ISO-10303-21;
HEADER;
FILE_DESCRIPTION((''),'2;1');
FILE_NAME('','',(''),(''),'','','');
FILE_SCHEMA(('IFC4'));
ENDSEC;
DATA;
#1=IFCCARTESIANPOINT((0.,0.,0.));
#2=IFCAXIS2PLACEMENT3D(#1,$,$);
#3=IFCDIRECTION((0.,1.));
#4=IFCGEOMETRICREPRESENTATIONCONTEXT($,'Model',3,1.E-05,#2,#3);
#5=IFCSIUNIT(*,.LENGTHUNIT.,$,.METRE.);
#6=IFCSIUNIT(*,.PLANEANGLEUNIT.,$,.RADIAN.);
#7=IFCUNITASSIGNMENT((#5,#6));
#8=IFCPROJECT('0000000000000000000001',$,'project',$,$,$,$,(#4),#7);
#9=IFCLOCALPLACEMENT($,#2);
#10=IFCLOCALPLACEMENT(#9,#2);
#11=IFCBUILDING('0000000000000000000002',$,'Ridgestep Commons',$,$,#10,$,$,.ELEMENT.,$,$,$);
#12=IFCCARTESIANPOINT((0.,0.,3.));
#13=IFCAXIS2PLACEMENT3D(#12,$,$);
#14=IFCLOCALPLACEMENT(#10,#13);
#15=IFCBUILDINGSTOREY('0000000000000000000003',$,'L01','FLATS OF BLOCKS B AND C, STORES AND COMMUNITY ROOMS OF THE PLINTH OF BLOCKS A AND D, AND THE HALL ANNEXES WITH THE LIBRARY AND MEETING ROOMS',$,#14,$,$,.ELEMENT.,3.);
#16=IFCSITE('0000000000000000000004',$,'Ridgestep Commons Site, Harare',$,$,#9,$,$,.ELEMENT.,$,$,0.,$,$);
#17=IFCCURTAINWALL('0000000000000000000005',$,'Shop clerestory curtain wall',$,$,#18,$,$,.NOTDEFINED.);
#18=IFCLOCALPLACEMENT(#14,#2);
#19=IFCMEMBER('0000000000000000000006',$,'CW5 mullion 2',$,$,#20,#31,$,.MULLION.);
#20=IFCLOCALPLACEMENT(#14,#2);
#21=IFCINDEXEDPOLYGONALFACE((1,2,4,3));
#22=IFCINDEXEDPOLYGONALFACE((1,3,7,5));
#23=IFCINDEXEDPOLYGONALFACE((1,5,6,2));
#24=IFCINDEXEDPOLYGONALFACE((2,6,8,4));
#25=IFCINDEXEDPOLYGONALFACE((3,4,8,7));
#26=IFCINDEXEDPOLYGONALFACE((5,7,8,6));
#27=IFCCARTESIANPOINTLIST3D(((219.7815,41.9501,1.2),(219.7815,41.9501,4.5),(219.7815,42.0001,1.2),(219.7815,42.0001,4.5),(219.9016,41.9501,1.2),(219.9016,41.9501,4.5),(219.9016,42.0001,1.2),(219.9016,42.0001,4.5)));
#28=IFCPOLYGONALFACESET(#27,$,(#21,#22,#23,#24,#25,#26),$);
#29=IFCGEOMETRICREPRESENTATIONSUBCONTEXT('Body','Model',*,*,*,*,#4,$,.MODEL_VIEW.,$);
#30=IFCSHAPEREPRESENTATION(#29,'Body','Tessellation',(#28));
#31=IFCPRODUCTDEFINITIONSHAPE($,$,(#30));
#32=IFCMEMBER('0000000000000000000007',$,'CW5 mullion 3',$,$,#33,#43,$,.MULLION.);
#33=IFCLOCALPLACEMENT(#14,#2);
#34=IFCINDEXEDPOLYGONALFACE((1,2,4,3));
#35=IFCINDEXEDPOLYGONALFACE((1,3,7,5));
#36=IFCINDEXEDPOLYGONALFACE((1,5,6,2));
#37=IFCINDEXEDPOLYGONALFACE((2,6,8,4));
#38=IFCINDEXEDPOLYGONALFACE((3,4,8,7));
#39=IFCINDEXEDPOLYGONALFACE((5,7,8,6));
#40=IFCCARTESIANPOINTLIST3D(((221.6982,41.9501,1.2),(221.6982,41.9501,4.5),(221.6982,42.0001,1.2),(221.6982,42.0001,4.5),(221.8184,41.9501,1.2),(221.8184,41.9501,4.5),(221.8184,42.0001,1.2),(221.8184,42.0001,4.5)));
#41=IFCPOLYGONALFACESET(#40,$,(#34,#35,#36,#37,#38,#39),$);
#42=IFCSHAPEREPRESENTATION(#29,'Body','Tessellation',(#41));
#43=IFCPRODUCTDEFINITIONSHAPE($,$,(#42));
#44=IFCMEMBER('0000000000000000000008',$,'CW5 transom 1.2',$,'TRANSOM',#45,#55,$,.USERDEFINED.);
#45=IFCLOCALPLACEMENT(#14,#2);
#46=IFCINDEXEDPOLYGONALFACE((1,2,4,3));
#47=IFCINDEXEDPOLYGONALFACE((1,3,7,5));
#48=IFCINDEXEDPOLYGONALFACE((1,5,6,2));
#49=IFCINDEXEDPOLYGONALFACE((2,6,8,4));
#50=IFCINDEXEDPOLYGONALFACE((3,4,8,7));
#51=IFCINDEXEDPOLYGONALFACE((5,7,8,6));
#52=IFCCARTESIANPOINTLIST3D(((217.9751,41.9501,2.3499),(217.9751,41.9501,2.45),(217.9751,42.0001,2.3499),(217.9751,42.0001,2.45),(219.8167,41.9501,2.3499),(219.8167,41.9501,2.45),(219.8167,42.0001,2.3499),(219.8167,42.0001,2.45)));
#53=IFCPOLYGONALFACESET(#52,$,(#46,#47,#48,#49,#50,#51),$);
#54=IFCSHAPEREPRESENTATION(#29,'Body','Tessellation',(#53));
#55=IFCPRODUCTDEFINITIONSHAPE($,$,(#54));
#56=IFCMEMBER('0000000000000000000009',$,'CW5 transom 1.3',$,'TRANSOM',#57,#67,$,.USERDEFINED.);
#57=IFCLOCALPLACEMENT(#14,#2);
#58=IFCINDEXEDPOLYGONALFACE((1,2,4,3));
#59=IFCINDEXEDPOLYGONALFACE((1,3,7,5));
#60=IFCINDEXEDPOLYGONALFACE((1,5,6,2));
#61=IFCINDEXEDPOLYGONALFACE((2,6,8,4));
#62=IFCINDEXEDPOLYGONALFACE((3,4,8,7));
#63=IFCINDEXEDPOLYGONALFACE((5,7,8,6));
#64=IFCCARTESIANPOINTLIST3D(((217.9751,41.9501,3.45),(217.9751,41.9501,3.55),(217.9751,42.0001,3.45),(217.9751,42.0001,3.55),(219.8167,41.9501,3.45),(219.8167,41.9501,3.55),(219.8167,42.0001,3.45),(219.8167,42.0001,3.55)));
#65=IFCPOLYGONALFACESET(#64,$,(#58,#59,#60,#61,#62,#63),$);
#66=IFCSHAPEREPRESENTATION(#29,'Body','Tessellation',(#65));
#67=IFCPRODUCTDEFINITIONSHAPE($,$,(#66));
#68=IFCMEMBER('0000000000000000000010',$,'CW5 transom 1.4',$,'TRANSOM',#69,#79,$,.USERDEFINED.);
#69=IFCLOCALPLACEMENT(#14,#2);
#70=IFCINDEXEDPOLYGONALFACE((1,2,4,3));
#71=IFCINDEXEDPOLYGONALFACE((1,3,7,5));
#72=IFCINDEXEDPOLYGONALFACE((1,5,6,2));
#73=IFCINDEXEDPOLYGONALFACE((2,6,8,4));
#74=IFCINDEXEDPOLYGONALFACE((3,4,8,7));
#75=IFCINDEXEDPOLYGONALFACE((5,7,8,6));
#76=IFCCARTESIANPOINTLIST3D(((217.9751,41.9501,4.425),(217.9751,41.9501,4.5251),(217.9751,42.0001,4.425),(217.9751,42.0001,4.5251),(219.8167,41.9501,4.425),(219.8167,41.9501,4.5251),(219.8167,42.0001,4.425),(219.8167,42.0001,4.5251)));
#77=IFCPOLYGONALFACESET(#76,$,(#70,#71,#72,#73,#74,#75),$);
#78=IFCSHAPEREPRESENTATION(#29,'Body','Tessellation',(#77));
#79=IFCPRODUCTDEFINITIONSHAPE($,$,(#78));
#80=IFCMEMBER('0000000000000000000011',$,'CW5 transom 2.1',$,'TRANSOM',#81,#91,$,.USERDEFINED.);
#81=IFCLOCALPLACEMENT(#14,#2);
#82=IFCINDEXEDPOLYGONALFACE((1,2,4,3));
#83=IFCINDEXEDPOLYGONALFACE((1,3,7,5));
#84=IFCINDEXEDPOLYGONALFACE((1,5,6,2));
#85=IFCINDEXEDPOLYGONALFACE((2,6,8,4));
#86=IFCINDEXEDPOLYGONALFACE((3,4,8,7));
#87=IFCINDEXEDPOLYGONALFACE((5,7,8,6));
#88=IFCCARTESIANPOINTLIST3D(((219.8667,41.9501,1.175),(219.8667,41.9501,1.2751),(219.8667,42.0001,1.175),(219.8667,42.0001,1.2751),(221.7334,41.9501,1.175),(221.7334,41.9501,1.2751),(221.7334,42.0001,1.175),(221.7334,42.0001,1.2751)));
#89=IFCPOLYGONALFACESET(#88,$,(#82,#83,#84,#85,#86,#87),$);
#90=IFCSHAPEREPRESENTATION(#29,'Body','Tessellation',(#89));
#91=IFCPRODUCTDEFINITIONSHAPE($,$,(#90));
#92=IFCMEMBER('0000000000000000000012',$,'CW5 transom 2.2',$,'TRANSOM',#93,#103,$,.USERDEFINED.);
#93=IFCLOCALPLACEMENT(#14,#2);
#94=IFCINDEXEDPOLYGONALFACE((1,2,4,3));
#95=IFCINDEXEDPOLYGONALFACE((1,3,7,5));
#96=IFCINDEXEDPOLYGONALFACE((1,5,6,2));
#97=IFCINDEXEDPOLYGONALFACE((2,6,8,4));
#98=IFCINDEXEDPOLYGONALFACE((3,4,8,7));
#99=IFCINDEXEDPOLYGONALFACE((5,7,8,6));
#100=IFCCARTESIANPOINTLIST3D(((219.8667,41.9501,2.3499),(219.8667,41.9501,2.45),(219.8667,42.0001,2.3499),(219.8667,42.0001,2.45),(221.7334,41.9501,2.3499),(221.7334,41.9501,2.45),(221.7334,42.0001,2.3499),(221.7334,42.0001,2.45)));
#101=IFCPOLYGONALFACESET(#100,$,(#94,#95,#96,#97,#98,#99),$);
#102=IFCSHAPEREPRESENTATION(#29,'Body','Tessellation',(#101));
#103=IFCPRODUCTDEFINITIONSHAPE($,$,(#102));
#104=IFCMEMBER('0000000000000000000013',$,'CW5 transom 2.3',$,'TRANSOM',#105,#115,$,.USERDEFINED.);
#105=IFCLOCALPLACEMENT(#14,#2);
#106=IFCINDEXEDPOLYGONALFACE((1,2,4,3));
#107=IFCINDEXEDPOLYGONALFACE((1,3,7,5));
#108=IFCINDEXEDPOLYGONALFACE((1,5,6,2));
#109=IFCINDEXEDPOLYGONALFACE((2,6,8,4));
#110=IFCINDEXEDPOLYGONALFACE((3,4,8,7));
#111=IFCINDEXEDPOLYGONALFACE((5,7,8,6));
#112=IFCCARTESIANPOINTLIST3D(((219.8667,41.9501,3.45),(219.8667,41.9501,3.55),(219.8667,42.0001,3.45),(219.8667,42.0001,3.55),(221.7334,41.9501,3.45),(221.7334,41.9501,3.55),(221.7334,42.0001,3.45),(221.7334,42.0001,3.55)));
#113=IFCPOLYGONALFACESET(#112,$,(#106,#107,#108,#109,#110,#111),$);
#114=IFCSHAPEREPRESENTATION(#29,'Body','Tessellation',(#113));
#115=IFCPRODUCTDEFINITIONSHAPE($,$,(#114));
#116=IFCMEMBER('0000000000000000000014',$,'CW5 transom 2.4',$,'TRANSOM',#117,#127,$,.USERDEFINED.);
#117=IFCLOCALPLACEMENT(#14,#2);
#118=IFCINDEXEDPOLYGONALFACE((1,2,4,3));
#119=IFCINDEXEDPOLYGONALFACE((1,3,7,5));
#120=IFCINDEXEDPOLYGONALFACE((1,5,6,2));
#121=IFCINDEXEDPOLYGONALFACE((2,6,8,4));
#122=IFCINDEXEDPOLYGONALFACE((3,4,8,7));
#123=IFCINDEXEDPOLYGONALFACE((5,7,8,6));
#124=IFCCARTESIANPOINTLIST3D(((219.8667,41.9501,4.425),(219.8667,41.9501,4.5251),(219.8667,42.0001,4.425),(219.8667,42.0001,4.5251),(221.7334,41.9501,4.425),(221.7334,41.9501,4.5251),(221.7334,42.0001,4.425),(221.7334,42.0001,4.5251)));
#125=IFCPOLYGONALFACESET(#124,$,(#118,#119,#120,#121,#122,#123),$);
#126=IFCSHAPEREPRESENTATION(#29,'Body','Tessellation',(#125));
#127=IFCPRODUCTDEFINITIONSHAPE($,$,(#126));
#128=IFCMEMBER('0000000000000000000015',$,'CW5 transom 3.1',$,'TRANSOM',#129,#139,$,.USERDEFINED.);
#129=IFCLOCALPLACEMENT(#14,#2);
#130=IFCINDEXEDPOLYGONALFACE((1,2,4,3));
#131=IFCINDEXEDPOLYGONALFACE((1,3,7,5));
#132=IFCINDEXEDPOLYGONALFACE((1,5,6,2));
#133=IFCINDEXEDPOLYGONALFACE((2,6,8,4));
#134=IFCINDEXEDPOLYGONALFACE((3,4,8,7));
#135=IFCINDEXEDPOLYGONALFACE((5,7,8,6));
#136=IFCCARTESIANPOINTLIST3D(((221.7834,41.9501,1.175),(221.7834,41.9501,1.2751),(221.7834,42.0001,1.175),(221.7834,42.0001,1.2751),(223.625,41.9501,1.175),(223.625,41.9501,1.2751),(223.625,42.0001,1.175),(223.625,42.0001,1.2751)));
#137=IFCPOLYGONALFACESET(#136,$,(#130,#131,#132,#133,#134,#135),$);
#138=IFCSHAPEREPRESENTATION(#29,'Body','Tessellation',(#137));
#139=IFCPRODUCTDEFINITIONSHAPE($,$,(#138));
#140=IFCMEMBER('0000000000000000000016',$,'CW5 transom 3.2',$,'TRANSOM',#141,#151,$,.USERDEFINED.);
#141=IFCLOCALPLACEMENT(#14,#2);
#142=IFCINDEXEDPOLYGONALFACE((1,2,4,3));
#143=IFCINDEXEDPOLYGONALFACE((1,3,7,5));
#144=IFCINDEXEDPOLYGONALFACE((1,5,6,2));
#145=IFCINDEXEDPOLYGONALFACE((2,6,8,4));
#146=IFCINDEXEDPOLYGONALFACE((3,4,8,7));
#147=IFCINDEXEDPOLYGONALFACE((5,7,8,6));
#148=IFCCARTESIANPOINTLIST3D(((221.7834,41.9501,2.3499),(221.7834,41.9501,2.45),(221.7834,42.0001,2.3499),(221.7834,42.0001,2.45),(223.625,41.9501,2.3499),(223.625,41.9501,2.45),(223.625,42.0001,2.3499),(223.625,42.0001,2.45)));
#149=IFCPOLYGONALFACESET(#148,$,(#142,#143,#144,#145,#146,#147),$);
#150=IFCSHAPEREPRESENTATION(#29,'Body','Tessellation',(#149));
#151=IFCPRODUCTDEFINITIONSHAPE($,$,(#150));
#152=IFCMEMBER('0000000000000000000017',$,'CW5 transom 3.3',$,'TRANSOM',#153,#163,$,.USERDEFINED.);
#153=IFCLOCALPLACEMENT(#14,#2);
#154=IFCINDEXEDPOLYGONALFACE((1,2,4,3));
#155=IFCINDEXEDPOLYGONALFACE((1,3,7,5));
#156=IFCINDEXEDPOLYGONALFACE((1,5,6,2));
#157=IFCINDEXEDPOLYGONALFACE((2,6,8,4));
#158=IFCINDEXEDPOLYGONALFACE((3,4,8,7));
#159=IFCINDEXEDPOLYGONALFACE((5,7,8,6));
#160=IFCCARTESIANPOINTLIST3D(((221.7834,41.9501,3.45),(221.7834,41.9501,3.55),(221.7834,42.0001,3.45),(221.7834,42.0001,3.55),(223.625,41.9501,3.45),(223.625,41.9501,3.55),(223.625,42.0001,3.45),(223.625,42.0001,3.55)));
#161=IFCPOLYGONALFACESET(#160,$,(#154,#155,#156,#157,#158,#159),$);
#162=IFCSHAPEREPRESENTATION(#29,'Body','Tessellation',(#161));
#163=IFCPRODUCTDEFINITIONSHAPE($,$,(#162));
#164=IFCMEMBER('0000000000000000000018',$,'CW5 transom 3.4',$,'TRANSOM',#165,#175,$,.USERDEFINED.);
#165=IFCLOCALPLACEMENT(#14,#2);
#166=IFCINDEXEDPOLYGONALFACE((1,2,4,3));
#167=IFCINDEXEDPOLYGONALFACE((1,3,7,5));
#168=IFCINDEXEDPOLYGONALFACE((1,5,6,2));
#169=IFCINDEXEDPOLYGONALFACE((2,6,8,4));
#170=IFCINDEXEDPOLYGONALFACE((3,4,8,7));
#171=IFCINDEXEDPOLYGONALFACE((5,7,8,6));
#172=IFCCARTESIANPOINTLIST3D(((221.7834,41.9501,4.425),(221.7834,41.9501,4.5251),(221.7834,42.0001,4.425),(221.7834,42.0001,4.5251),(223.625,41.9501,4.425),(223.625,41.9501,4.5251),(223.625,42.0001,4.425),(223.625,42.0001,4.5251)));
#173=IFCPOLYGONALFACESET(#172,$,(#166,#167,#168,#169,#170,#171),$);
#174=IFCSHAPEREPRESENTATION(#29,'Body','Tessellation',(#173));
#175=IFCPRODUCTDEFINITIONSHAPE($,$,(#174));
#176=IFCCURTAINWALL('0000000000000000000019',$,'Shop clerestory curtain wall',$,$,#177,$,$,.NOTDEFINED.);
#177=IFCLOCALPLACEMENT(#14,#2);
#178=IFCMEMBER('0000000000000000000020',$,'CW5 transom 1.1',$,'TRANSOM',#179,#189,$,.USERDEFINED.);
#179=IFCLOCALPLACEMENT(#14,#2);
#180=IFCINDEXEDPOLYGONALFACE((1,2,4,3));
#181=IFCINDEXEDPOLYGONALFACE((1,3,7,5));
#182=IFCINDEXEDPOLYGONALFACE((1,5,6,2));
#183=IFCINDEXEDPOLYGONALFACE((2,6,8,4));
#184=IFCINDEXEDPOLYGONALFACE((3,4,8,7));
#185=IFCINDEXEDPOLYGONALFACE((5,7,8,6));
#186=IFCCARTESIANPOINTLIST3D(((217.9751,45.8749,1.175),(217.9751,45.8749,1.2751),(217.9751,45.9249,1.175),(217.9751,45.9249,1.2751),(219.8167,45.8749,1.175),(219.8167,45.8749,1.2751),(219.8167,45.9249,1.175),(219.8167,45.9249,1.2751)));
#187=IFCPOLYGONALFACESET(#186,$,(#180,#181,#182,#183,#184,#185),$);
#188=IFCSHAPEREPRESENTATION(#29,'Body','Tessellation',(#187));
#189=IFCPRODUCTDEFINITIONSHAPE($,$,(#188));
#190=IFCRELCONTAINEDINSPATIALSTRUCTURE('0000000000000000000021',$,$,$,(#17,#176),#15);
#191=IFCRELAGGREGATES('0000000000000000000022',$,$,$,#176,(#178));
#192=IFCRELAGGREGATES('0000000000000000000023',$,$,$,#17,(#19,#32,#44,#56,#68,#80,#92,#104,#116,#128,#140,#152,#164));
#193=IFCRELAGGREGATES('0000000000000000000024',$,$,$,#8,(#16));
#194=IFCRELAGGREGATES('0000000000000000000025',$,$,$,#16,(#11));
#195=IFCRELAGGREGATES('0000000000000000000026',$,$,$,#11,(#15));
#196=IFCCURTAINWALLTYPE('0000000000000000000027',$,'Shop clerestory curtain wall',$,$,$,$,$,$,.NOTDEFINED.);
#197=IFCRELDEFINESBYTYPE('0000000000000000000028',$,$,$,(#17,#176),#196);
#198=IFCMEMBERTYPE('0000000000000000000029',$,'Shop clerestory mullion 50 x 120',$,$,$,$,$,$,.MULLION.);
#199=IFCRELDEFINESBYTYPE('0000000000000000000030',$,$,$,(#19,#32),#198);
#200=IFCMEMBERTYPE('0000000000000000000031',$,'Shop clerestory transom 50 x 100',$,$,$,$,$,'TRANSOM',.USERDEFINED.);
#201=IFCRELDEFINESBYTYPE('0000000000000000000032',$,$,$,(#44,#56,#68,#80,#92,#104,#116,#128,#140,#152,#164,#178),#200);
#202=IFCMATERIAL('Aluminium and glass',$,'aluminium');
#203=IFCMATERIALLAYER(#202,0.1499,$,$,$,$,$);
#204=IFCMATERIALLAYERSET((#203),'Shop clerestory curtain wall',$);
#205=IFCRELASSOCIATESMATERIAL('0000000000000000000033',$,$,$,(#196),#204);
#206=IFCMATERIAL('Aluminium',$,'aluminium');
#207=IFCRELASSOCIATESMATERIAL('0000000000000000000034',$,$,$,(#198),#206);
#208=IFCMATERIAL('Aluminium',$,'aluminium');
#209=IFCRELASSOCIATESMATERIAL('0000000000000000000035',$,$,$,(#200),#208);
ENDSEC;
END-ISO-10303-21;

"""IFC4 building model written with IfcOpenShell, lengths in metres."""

from ifc_helpers import new_model, si_unit, direction, frame, origin, origin_2d, place, context, subcontext, project, spatial, rectangle, extrude, material, layer, layer_set, material_profile, profile_set, type_object, element, aggregate, save


model = new_model("IFC4")

# Units and contexts
model_context = context("Model", 3, precision=1e-05, world=origin(), true_north=direction((0.0, 1.0)))
body_context = subcontext(model_context, "Body", "Model", "MODEL_VIEW")
ifc_project = project(units=[si_unit("LENGTHUNIT", "METRE"), si_unit("PLANEANGLEUNIT", "RADIAN")], contexts=[model_context])

# Site, building, storey
site_placement = place(None, origin())
site = spatial("IfcSite", under=ifc_project, at=site_placement, Name="Ridgestep Commons Site, Harare", CompositionType="ELEMENT", RefElevation=0.0)
building_placement = place(site_placement, origin())
building = spatial("IfcBuilding", under=site, at=building_placement, Name="Ridgestep Commons", CompositionType="ELEMENT")
storey_placement = place(building_placement, frame((0.0, 0.0, 3.0)))
storey = spatial("IfcBuildingStorey", under=building, at=storey_placement, Name="L01", Description="FLATS OF BLOCKS B AND C, STORES AND COMMUNITY ROOMS OF THE PLINTH OF BLOCKS A AND D, AND THE HALL ANNEXES WITH THE LIBRARY AND MEETING ROOMS", CompositionType="ELEMENT", Elevation=3.0)

# Curtain walls, members
ifc_material_1 = material(Name="Aluminium and glass", Category="aluminium")
ifc_layer_1 = layer(ifc_material_1, 0.1499)
ifc_layer_set_1 = layer_set([ifc_layer_1], Name="Shop clerestory curtain wall")
curtain_wall_type = type_object("IfcCurtainWallType", Name="Shop clerestory curtain wall", PredefinedType="NOTDEFINED", material=ifc_layer_set_1)
curtain_wall_1_placement = place(storey_placement, origin())
curtain_wall_1 = element("IfcCurtainWall", 1, at=curtain_wall_1_placement, inside=storey, type_object=curtain_wall_type, Name="Shop clerestory curtain wall", PredefinedType="NOTDEFINED")
ifc_material_2 = material(Name="Aluminium", Category="aluminium")
ifc_material_profile_1 = material_profile(ifc_material_2, rectangle(XDim=0.05, YDim=0.1201, at=origin_2d()), Name="Shop clerestory mullion 50 x 120")
ifc_profile_set_1 = profile_set([ifc_material_profile_1], Name="Aluminium")
member_type_1 = type_object("IfcMemberType", Name="Shop clerestory mullion 50 x 120", PredefinedType="MULLION", material=ifc_profile_set_1)
member_1_placement = place(storey_placement, frame((219.8416, 41.9751, 1.2), z_axis=(0.0, 0.0, 1.0), x_axis=(0.0, 1.0, 0.0)))
member_1 = element("IfcMember", 2, at=member_1_placement, type_object=member_type_1, Name="CW5 mullion 2", PredefinedType="MULLION", context=body_context, shape_type="SweptSolid", body=[
    extrude(rectangle(XDim=0.05, YDim=0.1201, at=origin_2d()), origin(), (0.0, 0.0, 1.0), 3.3),
])
member_2_placement = place(storey_placement, frame((221.7583, 41.9751, 1.2), z_axis=(0.0, 0.0, 1.0), x_axis=(0.0, 1.0, 0.0)))
member_2 = element("IfcMember", 3, at=member_2_placement, type_object=member_type_1, Name="CW5 mullion 3", PredefinedType="MULLION", context=body_context, shape_type="SweptSolid", body=[
    extrude(rectangle(XDim=0.05, YDim=0.1201, at=origin_2d()), origin(), (0.0, 0.0, 1.0), 3.3),
])
ifc_material_3 = material(Name="Aluminium", Category="aluminium")
ifc_material_profile_2 = material_profile(ifc_material_3, rectangle(XDim=0.05, YDim=0.1001, at=origin_2d()), Name="Shop clerestory transom 50 x 100")
ifc_profile_set_2 = profile_set([ifc_material_profile_2], Name="Aluminium")
member_type_2 = type_object("IfcMemberType", Name="Shop clerestory transom 50 x 100", ElementType="TRANSOM", PredefinedType="USERDEFINED", material=ifc_profile_set_2)
member_3_placement = place(storey_placement, frame((217.9751, 41.9751, 2.3999), z_axis=(1.0, 0.0, 0.0), x_axis=(0.0, 1.0, 0.0)))
member_3 = element("IfcMember", 4, at=member_3_placement, type_object=member_type_2, Name="CW5 transom 1.2", ObjectType="TRANSOM", PredefinedType="USERDEFINED", context=body_context, shape_type="SweptSolid", body=[
    extrude(rectangle(XDim=0.05, YDim=0.1001, at=origin_2d()), origin(), (0.0, 0.0, 1.0), 1.8416),
])
member_4_placement = place(storey_placement, frame((217.9751, 41.9751, 3.5), z_axis=(1.0, 0.0, 0.0), x_axis=(0.0, 1.0, 0.0)))
member_4 = element("IfcMember", 5, at=member_4_placement, type_object=member_type_2, Name="CW5 transom 1.3", ObjectType="TRANSOM", PredefinedType="USERDEFINED", context=body_context, shape_type="SweptSolid", body=[
    extrude(rectangle(XDim=0.05, YDim=0.1001, at=origin_2d()), origin(), (0.0, 0.0, 1.0), 1.8416),
])
member_5_placement = place(storey_placement, frame((217.9751, 41.9751, 4.4751), z_axis=(1.0, 0.0, 0.0), x_axis=(0.0, 1.0, 0.0)))
member_5 = element("IfcMember", 6, at=member_5_placement, type_object=member_type_2, Name="CW5 transom 1.4", ObjectType="TRANSOM", PredefinedType="USERDEFINED", context=body_context, shape_type="SweptSolid", body=[
    extrude(rectangle(XDim=0.05, YDim=0.1001, at=origin_2d()), origin(), (0.0, 0.0, 1.0), 1.8416),
])
member_6_placement = place(storey_placement, frame((219.8667, 41.9751, 1.2251), z_axis=(1.0, 0.0, 0.0), x_axis=(0.0, 1.0, 0.0)))
member_6 = element("IfcMember", 7, at=member_6_placement, type_object=member_type_2, Name="CW5 transom 2.1", ObjectType="TRANSOM", PredefinedType="USERDEFINED", context=body_context, shape_type="SweptSolid", body=[
    extrude(rectangle(XDim=0.05, YDim=0.1001, at=origin_2d()), origin(), (0.0, 0.0, 1.0), 1.8667),
])
member_7_placement = place(storey_placement, frame((219.8667, 41.9751, 2.3999), z_axis=(1.0, 0.0, 0.0), x_axis=(0.0, 1.0, 0.0)))
member_7 = element("IfcMember", 8, at=member_7_placement, type_object=member_type_2, Name="CW5 transom 2.2", ObjectType="TRANSOM", PredefinedType="USERDEFINED", context=body_context, shape_type="SweptSolid", body=[
    extrude(rectangle(XDim=0.05, YDim=0.1001, at=origin_2d()), origin(), (0.0, 0.0, 1.0), 1.8667),
])
member_8_placement = place(storey_placement, frame((219.8667, 41.9751, 3.5), z_axis=(1.0, 0.0, 0.0), x_axis=(0.0, 1.0, 0.0)))
member_8 = element("IfcMember", 9, at=member_8_placement, type_object=member_type_2, Name="CW5 transom 2.3", ObjectType="TRANSOM", PredefinedType="USERDEFINED", context=body_context, shape_type="SweptSolid", body=[
    extrude(rectangle(XDim=0.05, YDim=0.1001, at=origin_2d()), origin(), (0.0, 0.0, 1.0), 1.8667),
])
member_9_placement = place(storey_placement, frame((219.8667, 41.9751, 4.4751), z_axis=(1.0, 0.0, 0.0), x_axis=(0.0, 1.0, 0.0)))
member_9 = element("IfcMember", 10, at=member_9_placement, type_object=member_type_2, Name="CW5 transom 2.4", ObjectType="TRANSOM", PredefinedType="USERDEFINED", context=body_context, shape_type="SweptSolid", body=[
    extrude(rectangle(XDim=0.05, YDim=0.1001, at=origin_2d()), origin(), (0.0, 0.0, 1.0), 1.8667),
])
member_10_placement = place(storey_placement, frame((221.7834, 41.9751, 1.2251), z_axis=(1.0, 0.0, 0.0), x_axis=(0.0, 1.0, 0.0)))
member_10 = element("IfcMember", 11, at=member_10_placement, type_object=member_type_2, Name="CW5 transom 3.1", ObjectType="TRANSOM", PredefinedType="USERDEFINED", context=body_context, shape_type="SweptSolid", body=[
    extrude(rectangle(XDim=0.05, YDim=0.1001, at=origin_2d()), origin(), (0.0, 0.0, 1.0), 1.8416),
])
member_11_placement = place(storey_placement, frame((221.7834, 41.9751, 2.3999), z_axis=(1.0, 0.0, 0.0), x_axis=(0.0, 1.0, 0.0)))
member_11 = element("IfcMember", 12, at=member_11_placement, type_object=member_type_2, Name="CW5 transom 3.2", ObjectType="TRANSOM", PredefinedType="USERDEFINED", context=body_context, shape_type="SweptSolid", body=[
    extrude(rectangle(XDim=0.05, YDim=0.1001, at=origin_2d()), origin(), (0.0, 0.0, 1.0), 1.8416),
])
member_12_placement = place(storey_placement, frame((221.7834, 41.9751, 3.5), z_axis=(1.0, 0.0, 0.0), x_axis=(0.0, 1.0, 0.0)))
member_12 = element("IfcMember", 13, at=member_12_placement, type_object=member_type_2, Name="CW5 transom 3.3", ObjectType="TRANSOM", PredefinedType="USERDEFINED", context=body_context, shape_type="SweptSolid", body=[
    extrude(rectangle(XDim=0.05, YDim=0.1001, at=origin_2d()), origin(), (0.0, 0.0, 1.0), 1.8416),
])
member_13_placement = place(storey_placement, frame((221.7834, 41.9751, 4.4751), z_axis=(1.0, 0.0, 0.0), x_axis=(0.0, 1.0, 0.0)))
member_13 = element("IfcMember", 14, at=member_13_placement, type_object=member_type_2, Name="CW5 transom 3.4", ObjectType="TRANSOM", PredefinedType="USERDEFINED", context=body_context, shape_type="SweptSolid", body=[
    extrude(rectangle(XDim=0.05, YDim=0.1001, at=origin_2d()), origin(), (0.0, 0.0, 1.0), 1.8416),
])
curtain_wall_2_placement = place(storey_placement, origin())
curtain_wall_2 = element("IfcCurtainWall", 15, at=curtain_wall_2_placement, inside=storey, type_object=curtain_wall_type, Name="Shop clerestory curtain wall", PredefinedType="NOTDEFINED")
member_14_placement = place(storey_placement, frame((217.9751, 45.8999, 1.2251), z_axis=(1.0, 0.0, 0.0), x_axis=(0.0, 1.0, 0.0)))
member_14 = element("IfcMember", 16, at=member_14_placement, type_object=member_type_2, Name="CW5 transom 1.1", ObjectType="TRANSOM", PredefinedType="USERDEFINED", context=body_context, shape_type="SweptSolid", body=[
    extrude(rectangle(XDim=0.05, YDim=0.1001, at=origin_2d()), origin(), (0.0, 0.0, 1.0), 1.8416),
])
aggregate(curtain_wall_2, [member_14])

aggregate(curtain_wall_1, [member_1, member_2, member_3, member_4, member_5, member_6, member_7, member_8, member_9, member_10, member_11, member_12, member_13])

save(model, "model.ifc")
